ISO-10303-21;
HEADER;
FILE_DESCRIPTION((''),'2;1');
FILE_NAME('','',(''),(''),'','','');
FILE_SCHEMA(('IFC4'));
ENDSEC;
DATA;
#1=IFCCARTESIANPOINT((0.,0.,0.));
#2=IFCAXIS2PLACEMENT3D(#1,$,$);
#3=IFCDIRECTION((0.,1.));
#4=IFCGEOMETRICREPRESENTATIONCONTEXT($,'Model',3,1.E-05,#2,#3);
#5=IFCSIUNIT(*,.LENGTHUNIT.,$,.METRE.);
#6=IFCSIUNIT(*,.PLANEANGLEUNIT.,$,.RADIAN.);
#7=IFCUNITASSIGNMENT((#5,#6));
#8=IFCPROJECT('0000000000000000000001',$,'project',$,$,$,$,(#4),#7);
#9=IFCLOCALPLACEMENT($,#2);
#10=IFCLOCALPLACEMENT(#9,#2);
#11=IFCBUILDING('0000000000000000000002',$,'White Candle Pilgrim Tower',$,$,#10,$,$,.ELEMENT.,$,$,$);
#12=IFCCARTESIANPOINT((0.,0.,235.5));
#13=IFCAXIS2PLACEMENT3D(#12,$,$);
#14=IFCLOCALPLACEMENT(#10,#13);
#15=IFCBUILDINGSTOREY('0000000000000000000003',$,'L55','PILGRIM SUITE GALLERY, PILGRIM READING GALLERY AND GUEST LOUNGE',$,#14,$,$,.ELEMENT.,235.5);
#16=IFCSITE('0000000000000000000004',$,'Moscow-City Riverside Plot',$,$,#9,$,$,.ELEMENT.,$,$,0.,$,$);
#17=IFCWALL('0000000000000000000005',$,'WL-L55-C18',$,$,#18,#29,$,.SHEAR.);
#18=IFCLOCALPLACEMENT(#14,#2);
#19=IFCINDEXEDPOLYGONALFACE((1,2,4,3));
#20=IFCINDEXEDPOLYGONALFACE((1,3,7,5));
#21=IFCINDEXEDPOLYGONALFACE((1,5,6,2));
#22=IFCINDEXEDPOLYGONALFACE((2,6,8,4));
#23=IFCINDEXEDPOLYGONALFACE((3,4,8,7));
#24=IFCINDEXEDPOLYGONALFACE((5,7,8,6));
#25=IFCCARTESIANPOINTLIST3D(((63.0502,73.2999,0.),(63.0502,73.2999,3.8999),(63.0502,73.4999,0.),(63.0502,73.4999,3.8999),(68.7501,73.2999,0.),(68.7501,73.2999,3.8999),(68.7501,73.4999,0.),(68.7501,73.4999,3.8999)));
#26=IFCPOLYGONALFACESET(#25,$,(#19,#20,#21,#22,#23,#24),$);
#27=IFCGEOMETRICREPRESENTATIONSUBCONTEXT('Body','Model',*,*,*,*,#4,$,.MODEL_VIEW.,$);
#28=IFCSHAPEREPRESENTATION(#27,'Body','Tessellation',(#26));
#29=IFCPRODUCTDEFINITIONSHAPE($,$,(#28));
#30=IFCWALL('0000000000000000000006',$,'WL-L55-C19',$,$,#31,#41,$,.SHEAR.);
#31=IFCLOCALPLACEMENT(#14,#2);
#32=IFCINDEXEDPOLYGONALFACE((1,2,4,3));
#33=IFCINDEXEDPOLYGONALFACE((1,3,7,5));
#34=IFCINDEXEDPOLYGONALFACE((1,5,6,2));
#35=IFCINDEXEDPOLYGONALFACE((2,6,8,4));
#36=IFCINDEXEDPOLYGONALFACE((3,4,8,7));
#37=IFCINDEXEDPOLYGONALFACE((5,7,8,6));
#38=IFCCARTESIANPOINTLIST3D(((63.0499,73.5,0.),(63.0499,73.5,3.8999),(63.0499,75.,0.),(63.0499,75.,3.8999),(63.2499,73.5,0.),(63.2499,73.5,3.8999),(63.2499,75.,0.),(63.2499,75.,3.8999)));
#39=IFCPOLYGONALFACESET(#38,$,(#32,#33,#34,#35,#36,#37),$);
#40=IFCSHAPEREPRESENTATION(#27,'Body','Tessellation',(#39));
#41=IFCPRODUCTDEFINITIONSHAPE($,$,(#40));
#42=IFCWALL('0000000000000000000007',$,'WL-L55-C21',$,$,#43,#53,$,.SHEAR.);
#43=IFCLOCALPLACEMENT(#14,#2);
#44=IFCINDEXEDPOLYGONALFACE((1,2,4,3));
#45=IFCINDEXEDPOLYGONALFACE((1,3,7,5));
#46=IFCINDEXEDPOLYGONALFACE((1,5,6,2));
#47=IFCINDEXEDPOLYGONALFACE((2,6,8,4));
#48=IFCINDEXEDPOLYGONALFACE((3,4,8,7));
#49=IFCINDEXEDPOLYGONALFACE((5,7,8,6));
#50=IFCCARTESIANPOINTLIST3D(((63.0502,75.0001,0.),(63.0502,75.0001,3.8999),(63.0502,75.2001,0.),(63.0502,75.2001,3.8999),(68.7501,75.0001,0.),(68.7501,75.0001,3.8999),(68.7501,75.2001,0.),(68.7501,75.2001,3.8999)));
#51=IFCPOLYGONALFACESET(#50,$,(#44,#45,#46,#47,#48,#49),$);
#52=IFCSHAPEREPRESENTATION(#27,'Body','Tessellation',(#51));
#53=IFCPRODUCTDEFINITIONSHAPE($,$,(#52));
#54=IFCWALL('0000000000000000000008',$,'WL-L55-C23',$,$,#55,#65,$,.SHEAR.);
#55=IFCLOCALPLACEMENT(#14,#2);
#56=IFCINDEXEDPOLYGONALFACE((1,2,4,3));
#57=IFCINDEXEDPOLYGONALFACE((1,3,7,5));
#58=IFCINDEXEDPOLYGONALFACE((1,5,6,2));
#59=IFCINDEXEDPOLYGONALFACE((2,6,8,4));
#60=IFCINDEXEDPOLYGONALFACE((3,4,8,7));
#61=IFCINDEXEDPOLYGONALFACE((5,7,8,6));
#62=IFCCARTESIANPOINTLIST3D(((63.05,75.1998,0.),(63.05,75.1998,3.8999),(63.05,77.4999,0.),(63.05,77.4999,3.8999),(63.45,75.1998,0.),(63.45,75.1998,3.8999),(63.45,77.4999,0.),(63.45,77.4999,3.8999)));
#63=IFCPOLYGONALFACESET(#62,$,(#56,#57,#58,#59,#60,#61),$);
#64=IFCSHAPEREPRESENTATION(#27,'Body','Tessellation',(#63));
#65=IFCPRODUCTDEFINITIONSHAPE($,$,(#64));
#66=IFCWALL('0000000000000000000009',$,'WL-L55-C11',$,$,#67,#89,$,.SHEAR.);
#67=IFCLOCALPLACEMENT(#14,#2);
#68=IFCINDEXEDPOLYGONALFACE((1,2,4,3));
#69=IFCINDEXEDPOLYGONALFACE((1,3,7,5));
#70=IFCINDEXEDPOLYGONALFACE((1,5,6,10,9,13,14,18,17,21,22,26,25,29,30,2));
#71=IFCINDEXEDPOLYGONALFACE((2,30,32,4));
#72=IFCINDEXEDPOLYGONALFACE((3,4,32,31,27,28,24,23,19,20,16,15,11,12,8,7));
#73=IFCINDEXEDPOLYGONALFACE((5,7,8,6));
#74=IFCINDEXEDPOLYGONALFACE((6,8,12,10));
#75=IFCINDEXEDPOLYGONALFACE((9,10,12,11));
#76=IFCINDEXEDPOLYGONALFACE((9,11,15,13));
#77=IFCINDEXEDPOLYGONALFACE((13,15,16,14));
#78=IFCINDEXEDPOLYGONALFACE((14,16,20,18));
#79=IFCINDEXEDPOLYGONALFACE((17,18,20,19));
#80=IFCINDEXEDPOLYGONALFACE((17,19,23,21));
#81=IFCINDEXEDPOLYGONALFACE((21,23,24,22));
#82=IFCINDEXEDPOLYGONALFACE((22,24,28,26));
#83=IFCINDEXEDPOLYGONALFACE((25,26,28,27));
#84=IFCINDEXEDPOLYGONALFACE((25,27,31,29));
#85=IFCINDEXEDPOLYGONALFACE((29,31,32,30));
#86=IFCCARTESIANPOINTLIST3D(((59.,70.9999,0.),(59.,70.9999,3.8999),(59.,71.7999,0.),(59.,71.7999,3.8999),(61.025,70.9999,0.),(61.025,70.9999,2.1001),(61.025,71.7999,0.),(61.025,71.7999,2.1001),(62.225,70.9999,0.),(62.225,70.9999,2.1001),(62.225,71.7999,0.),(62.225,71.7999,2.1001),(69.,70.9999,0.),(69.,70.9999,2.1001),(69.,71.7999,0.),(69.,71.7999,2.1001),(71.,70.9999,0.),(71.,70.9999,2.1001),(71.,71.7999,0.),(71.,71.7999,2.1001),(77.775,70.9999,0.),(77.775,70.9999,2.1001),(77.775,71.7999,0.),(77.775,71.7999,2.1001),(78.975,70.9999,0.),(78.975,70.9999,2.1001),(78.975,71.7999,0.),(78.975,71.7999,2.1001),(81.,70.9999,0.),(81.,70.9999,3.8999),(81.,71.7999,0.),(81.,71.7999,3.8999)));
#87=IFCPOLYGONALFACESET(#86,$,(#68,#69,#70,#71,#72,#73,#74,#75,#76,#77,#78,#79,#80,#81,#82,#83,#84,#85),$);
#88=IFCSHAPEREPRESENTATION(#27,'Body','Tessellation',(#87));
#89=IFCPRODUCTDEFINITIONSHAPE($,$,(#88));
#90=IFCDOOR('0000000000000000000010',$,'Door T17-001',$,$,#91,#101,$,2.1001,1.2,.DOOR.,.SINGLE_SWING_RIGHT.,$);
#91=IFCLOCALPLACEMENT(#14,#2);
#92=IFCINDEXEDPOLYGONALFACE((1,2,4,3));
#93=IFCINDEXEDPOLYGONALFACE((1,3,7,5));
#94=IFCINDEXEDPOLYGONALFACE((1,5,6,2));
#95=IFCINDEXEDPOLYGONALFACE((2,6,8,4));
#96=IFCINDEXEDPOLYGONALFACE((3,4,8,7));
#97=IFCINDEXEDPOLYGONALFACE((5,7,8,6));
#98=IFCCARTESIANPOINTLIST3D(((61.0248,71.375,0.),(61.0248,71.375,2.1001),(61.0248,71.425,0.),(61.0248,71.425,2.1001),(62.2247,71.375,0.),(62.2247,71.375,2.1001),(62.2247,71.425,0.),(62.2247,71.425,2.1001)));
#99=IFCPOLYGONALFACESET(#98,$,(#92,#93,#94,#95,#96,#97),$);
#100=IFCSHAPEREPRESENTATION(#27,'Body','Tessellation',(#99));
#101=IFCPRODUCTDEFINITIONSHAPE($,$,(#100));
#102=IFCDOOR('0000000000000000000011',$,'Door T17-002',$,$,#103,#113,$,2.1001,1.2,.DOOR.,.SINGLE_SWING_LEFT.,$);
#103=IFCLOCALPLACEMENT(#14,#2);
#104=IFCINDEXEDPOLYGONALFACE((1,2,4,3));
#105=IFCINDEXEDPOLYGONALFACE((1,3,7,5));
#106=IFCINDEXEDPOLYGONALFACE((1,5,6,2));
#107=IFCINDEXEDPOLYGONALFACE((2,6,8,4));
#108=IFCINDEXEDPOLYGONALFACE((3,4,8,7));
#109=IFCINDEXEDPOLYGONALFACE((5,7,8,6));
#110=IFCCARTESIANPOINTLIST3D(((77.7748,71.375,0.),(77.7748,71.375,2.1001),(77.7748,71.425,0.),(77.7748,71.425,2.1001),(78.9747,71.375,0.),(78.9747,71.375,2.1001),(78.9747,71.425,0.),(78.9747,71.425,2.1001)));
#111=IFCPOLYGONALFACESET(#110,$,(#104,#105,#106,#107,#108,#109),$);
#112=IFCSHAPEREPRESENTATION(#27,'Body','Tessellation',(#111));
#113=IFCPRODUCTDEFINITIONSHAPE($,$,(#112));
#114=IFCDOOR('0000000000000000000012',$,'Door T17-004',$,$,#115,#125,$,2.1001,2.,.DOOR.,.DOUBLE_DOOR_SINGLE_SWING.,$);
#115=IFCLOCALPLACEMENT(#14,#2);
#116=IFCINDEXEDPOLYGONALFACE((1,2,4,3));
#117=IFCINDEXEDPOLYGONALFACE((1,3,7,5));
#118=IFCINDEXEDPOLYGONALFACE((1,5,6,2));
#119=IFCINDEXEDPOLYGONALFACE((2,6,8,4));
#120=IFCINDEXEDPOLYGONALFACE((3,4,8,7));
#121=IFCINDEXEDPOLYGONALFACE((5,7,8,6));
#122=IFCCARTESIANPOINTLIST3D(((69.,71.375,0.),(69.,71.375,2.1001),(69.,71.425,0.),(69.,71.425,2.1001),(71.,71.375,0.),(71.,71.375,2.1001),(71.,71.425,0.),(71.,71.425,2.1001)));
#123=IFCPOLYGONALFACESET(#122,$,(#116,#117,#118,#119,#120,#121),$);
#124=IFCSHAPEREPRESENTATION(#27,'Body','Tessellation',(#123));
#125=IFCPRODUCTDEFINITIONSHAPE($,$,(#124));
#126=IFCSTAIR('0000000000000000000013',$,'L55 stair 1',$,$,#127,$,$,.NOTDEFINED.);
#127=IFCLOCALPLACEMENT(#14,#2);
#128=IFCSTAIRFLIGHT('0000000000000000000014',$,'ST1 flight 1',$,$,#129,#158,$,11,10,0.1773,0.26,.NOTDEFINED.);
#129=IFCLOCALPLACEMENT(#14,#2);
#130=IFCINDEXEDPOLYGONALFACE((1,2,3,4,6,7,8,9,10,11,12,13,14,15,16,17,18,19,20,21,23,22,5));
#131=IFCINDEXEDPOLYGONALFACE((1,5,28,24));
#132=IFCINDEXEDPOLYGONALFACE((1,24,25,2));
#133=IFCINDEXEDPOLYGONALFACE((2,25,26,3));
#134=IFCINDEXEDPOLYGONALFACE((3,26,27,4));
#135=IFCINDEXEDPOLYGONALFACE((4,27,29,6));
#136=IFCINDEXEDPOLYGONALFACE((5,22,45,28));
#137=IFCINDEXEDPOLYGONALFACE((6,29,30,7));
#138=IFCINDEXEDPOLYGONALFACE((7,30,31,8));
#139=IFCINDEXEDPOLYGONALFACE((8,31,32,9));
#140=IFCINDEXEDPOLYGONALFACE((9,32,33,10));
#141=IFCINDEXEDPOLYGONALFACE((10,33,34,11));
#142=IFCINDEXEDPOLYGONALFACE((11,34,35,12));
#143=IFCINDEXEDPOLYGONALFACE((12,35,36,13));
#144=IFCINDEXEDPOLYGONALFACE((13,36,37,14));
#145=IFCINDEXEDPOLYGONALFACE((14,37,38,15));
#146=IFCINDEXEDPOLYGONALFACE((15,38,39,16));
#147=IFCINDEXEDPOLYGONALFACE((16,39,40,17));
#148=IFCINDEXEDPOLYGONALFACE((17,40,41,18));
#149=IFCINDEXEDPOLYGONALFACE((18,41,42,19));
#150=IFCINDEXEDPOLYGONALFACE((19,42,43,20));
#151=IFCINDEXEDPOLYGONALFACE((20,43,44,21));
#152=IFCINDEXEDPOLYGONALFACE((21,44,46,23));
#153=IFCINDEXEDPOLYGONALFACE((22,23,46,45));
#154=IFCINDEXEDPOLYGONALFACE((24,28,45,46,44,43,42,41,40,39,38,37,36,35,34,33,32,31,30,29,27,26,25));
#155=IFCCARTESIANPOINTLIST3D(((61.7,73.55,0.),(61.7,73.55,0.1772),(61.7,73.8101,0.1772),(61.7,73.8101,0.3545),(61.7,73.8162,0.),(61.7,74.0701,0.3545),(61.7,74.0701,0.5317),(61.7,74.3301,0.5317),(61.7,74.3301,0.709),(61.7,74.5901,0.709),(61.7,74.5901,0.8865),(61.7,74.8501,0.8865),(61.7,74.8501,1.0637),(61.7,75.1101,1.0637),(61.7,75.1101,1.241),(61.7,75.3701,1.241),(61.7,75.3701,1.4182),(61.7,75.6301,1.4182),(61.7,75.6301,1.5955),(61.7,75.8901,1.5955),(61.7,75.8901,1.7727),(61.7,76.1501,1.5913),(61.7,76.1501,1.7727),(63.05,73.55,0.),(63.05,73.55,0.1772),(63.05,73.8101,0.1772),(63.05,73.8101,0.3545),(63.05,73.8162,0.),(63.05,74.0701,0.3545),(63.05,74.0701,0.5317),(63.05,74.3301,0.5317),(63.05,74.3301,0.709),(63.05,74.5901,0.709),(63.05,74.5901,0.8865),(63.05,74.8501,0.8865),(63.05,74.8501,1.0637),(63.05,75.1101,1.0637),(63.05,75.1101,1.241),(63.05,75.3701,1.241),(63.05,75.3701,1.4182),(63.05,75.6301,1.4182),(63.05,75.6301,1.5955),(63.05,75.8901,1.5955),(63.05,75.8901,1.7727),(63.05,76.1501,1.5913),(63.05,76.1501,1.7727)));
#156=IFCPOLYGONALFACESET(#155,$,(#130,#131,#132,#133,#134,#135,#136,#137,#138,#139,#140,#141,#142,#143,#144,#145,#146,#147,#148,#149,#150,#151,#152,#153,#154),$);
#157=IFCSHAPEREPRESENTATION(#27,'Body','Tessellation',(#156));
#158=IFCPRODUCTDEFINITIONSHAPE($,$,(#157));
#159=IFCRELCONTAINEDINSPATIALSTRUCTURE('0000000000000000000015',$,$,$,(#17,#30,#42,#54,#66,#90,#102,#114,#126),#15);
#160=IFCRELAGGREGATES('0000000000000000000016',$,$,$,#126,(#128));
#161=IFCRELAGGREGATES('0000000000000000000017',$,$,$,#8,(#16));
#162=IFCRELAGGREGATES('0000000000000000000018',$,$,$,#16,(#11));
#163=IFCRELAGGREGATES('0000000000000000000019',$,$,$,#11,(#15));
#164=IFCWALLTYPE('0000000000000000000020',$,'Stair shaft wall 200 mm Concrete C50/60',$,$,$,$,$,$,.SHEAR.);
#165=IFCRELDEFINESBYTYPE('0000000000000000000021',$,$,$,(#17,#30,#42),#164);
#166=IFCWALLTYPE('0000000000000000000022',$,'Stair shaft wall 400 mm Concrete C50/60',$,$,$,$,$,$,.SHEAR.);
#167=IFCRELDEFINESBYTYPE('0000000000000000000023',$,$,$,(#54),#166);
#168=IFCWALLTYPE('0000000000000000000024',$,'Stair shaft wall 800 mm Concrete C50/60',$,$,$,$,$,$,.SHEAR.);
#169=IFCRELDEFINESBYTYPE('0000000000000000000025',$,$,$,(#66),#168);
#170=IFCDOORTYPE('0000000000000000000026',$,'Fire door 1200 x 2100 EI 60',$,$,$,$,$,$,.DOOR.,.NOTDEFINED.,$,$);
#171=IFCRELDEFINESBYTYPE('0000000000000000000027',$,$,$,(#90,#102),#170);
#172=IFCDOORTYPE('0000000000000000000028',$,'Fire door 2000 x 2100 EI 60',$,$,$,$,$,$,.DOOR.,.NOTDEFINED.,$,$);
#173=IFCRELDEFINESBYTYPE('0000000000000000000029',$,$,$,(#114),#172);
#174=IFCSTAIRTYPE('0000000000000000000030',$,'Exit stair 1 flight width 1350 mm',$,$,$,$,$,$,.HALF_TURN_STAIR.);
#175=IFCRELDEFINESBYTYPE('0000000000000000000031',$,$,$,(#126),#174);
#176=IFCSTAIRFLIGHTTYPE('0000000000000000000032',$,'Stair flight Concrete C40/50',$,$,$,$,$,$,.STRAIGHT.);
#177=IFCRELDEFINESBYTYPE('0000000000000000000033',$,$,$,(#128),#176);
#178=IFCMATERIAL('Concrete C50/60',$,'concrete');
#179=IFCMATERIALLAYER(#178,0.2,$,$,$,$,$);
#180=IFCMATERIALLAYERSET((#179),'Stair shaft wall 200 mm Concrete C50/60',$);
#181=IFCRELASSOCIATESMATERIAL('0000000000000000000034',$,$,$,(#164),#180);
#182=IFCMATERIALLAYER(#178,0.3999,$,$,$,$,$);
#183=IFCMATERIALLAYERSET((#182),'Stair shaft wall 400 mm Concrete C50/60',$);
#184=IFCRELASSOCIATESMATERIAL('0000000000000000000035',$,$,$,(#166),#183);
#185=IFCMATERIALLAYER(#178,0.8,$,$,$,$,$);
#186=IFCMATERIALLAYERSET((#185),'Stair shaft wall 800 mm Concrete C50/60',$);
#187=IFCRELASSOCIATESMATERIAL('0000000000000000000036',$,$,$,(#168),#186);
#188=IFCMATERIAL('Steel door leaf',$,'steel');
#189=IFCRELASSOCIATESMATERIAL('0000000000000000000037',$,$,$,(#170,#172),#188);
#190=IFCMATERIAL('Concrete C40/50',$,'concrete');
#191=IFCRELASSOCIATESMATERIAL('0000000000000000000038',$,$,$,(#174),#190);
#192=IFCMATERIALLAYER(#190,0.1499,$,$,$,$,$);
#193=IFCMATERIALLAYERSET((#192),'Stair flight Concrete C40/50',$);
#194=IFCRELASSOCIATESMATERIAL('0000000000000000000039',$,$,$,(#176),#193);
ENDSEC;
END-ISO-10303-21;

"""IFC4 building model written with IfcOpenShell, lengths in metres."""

from ifc_helpers import new_model, si_unit, direction, frame, frame_2d, origin, place, context, subcontext, project, spatial, polyline, rectangle, outline, extrude, material, layer, layer_set, type_object, element, fill, aggregate, save


model = new_model("IFC4")

# Units and contexts
model_context = context("Model", 3, precision=1e-05, world=origin(), true_north=direction((0.0, 1.0)))
body_context = subcontext(model_context, "Body", "Model", "MODEL_VIEW")
ifc_project = project(units=[si_unit("LENGTHUNIT", "METRE"), si_unit("PLANEANGLEUNIT", "RADIAN")], contexts=[model_context])

# Site, building, storey
site_placement = place(None, origin())
site = spatial("IfcSite", under=ifc_project, at=site_placement, Name="Moscow-City Riverside Plot", CompositionType="ELEMENT", RefElevation=0.0)
building_placement = place(site_placement, origin())
building = spatial("IfcBuilding", under=site, at=building_placement, Name="White Candle Pilgrim Tower", CompositionType="ELEMENT")
storey_placement = place(building_placement, frame((0.0, 0.0, 235.5)))
storey = spatial("IfcBuildingStorey", under=building, at=storey_placement, Name="L55", Description="PILGRIM SUITE GALLERY, PILGRIM READING GALLERY AND GUEST LOUNGE", CompositionType="ELEMENT", Elevation=235.5)

# Shared definitions
ifc_material_1 = material(Name="Steel door leaf", Category="steel")

# Walls
ifc_material_2 = material(Name="Concrete C50/60", Category="concrete")
ifc_layer_1 = layer(ifc_material_2, 0.2)
ifc_layer_set_1 = layer_set([ifc_layer_1], Name="Stair shaft wall 200 mm Concrete C50/60")
wall_type_1 = type_object("IfcWallType", Name="Stair shaft wall 200 mm Concrete C50/60", PredefinedType="SHEAR", material=ifc_layer_set_1)
wall_1_placement = place(storey_placement, frame((63.05, 73.3999, 0.0), z_axis=(0.0, 0.0, 1.0), x_axis=(1.0, 0.0, 0.0)))
element("IfcWall", 1, at=wall_1_placement, inside=storey, type_object=wall_type_1, Name="WL-L55-C18", PredefinedType="SHEAR", context=body_context, shape_type="SweptSolid", body=[
    extrude(rectangle(XDim=5.7, YDim=0.2, at=frame_2d((2.8501, 0.0))), origin(), (0.0, 0.0, 1.0), 3.8999),
])
wall_2_placement = place(storey_placement, frame((63.1499, 73.5, 0.0), z_axis=(0.0, 0.0, 1.0), x_axis=(0.0, 1.0, 0.0)))
element("IfcWall", 2, at=wall_2_placement, inside=storey, type_object=wall_type_1, Name="WL-L55-C19", PredefinedType="SHEAR", context=body_context, shape_type="SweptSolid", body=[
    extrude(rectangle(XDim=1.5, YDim=0.2, at=frame_2d((0.75, 0.0))), origin(), (0.0, 0.0, 1.0), 3.8999),
])
wall_3_placement = place(storey_placement, frame((63.05, 75.1001, 0.0), z_axis=(0.0, 0.0, 1.0), x_axis=(1.0, 0.0, 0.0)))
element("IfcWall", 3, at=wall_3_placement, inside=storey, type_object=wall_type_1, Name="WL-L55-C21", PredefinedType="SHEAR", context=body_context, shape_type="SweptSolid", body=[
    extrude(rectangle(XDim=5.7, YDim=0.2, at=frame_2d((2.8501, 0.0))), origin(), (0.0, 0.0, 1.0), 3.8999),
])
ifc_layer_2 = layer(ifc_material_2, 0.3999)
ifc_layer_set_2 = layer_set([ifc_layer_2], Name="Stair shaft wall 400 mm Concrete C50/60")
wall_type_2 = type_object("IfcWallType", Name="Stair shaft wall 400 mm Concrete C50/60", PredefinedType="SHEAR", material=ifc_layer_set_2)
wall_4_placement = place(storey_placement, frame((63.25, 75.2, 0.0), z_axis=(0.0, 0.0, 1.0), x_axis=(0.0, 1.0, 0.0)))
element("IfcWall", 4, at=wall_4_placement, inside=storey, type_object=wall_type_2, Name="WL-L55-C23", PredefinedType="SHEAR", context=body_context, shape_type="SweptSolid", body=[
    extrude(rectangle(XDim=2.3, YDim=0.3999, at=frame_2d((1.1499, 0.0))), origin(), (0.0, 0.0, 1.0), 3.8999),
])

# Wall, openings, doors
ifc_layer_3 = layer(ifc_material_2, 0.8)
ifc_layer_set_3 = layer_set([ifc_layer_3], Name="Stair shaft wall 800 mm Concrete C50/60")
wall_type_3 = type_object("IfcWallType", Name="Stair shaft wall 800 mm Concrete C50/60", PredefinedType="SHEAR", material=ifc_layer_set_3)
wall_5_placement = place(storey_placement, frame((59.0, 71.3999, 0.0), z_axis=(0.0, 0.0, 1.0), x_axis=(1.0, 0.0, 0.0)))
wall_5 = element("IfcWall", 5, at=wall_5_placement, inside=storey, type_object=wall_type_3, Name="WL-L55-C11", PredefinedType="SHEAR", context=body_context, shape_type="SweptSolid", body=[
    extrude(rectangle(XDim=22.0, YDim=0.8, at=frame_2d((11.0, 0.0))), origin(), (0.0, 0.0, 1.0), 3.8999),
])
opening_1_placement = place(wall_5_placement, frame((2.0249, 0.0, 0.0)))
opening_1 = element("IfcOpeningElement", 6, at=opening_1_placement, cuts=wall_5, PredefinedType="OPENING", context=body_context, shape_type="SweptSolid", body=[
    extrude(rectangle(XDim=1.2, YDim=2.1001, at=frame_2d((0.6001, 1.05))), frame((0.0, 0.4099, 0.0), z_axis=(0.0, -1.0, 0.0), x_axis=(1.0, 0.0, 0.0)), (0.0, 0.0, 1.0), 0.8201),
])
opening_2_placement = place(wall_5_placement, frame((18.7749, 0.0, 0.0)))
opening_2 = element("IfcOpeningElement", 7, at=opening_2_placement, cuts=wall_5, PredefinedType="OPENING", context=body_context, shape_type="SweptSolid", body=[
    extrude(rectangle(XDim=1.2, YDim=2.1001, at=frame_2d((0.6001, 1.05))), frame((0.0, 0.4099, 0.0), z_axis=(0.0, -1.0, 0.0), x_axis=(1.0, 0.0, 0.0)), (0.0, 0.0, 1.0), 0.8201),
])
opening_3_placement = place(wall_5_placement, frame((10.0, 0.0, 0.0)))
opening_3 = element("IfcOpeningElement", 8, at=opening_3_placement, cuts=wall_5, PredefinedType="OPENING", context=body_context, shape_type="SweptSolid", body=[
    extrude(rectangle(XDim=2.0, YDim=2.1001, at=frame_2d((1.0, 1.05))), frame((0.0, 0.4099, 0.0), z_axis=(0.0, -1.0, 0.0), x_axis=(1.0, 0.0, 0.0)), (0.0, 0.0, 1.0), 0.8201),
])
door_type_1 = type_object("IfcDoorType", Name="Fire door 1200 x 2100 EI 60", OperationType="NOTDEFINED", PredefinedType="DOOR", material=ifc_material_1)
door_1_placement = place(opening_1_placement, frame((1.2, 0.0, 0.0), z_axis=(0.0, 0.0, 1.0), x_axis=(-1.0, 0.0, 0.0)))
door_1 = element("IfcDoor", 9, at=door_1_placement, inside=storey, type_object=door_type_1, Name="Door T17-001", OperationType="SINGLE_SWING_RIGHT", OverallHeight=2.1001, OverallWidth=1.2, PredefinedType="DOOR", context=body_context, shape_type="SweptSolid", body=[
    extrude(rectangle(XDim=1.2, YDim=2.1001, at=frame_2d((0.6001, 1.05))), frame((0.0, 0.0249, 0.0), z_axis=(0.0, -1.0, 0.0), x_axis=(1.0, 0.0, 0.0)), (0.0, 0.0, 1.0), 0.05),
])
fill(opening_1, door_1)
door_2_placement = place(opening_2_placement, frame((1.2, 0.0, 0.0), z_axis=(0.0, 0.0, 1.0), x_axis=(-1.0, 0.0, 0.0)))
door_2 = element("IfcDoor", 10, at=door_2_placement, inside=storey, type_object=door_type_1, Name="Door T17-002", OperationType="SINGLE_SWING_LEFT", OverallHeight=2.1001, OverallWidth=1.2, PredefinedType="DOOR", context=body_context, shape_type="SweptSolid", body=[
    extrude(rectangle(XDim=1.2, YDim=2.1001, at=frame_2d((0.6001, 1.05))), frame((0.0, 0.0249, 0.0), z_axis=(0.0, -1.0, 0.0), x_axis=(1.0, 0.0, 0.0)), (0.0, 0.0, 1.0), 0.05),
])
fill(opening_2, door_2)
door_type_2 = type_object("IfcDoorType", Name="Fire door 2000 x 2100 EI 60", OperationType="NOTDEFINED", PredefinedType="DOOR", material=ifc_material_1)
door_3_placement = place(opening_3_placement, frame((2.0, 0.0, 0.0), z_axis=(0.0, 0.0, 1.0), x_axis=(-1.0, 0.0, 0.0)))
door_3 = element("IfcDoor", 11, at=door_3_placement, inside=storey, type_object=door_type_2, Name="Door T17-004", OperationType="DOUBLE_DOOR_SINGLE_SWING", OverallHeight=2.1001, OverallWidth=2.0, PredefinedType="DOOR", context=body_context, shape_type="SweptSolid", body=[
    extrude(rectangle(XDim=2.0, YDim=2.1001, at=frame_2d((1.0, 1.05))), frame((0.0, 0.0249, 0.0), z_axis=(0.0, -1.0, 0.0), x_axis=(1.0, 0.0, 0.0)), (0.0, 0.0, 1.0), 0.05),
])
fill(opening_3, door_3)

# Stair, stair flight
ifc_material_3 = material(Name="Concrete C40/50", Category="concrete")
stair_type = type_object("IfcStairType", Name="Exit stair 1 flight width 1350 mm", PredefinedType="HALF_TURN_STAIR", material=ifc_material_3)
stair_placement = place(storey_placement, origin())
stair = element("IfcStair", 12, at=stair_placement, inside=storey, type_object=stair_type, Name="L55 stair 1", PredefinedType="NOTDEFINED")
ifc_layer_4 = layer(ifc_material_3, 0.1499)
ifc_layer_set_4 = layer_set([ifc_layer_4], Name="Stair flight Concrete C40/50")
stair_flight_type = type_object("IfcStairFlightType", Name="Stair flight Concrete C40/50", PredefinedType="STRAIGHT", material=ifc_layer_set_4)
stair_flight_placement = place(storey_placement, frame((62.375, 73.55, 0.0), z_axis=(0.0, 0.0, 1.0), x_axis=(0.0, 1.0, 0.0)))
stair_flight = element("IfcStairFlight", 13, at=stair_flight_placement, type_object=stair_flight_type, Name="ST1 flight 1", NumberOfRisers=11, NumberOfTreads=10, PredefinedType="NOTDEFINED", RiserHeight=0.1773, TreadLength=0.26, context=body_context, shape_type="SweptSolid", body=[
    extrude(outline(polyline([(0.0, 0.0), (0.0, 0.1772), (0.26, 0.1772), (0.26, 0.3545), (0.52, 0.3545), (0.52, 0.5317), (0.78, 0.5317), (0.78, 0.709), (1.04, 0.709), (1.04, 0.8865), (1.3, 0.8865), (1.3, 1.0637), (1.5601, 1.0637), (1.5601, 1.241), (1.8201, 1.241), (1.8201, 1.4182), (2.0801, 1.4182), (2.0801, 1.5955), (2.3401, 1.5955), (2.3401, 1.7727), (2.6001, 1.7727), (2.6001, 1.95), (2.6001, 1.5913), (0.2661, 0.0), (0.0, 0.0)])), frame((0.0, 0.675, 0.0), z_axis=(0.0, -1.0, 0.0), x_axis=(1.0, 0.0, 0.0)), (0.0, 0.0, 1.0), 1.3501),
])
aggregate(stair, [stair_flight])

save(model, "model.ifc")
